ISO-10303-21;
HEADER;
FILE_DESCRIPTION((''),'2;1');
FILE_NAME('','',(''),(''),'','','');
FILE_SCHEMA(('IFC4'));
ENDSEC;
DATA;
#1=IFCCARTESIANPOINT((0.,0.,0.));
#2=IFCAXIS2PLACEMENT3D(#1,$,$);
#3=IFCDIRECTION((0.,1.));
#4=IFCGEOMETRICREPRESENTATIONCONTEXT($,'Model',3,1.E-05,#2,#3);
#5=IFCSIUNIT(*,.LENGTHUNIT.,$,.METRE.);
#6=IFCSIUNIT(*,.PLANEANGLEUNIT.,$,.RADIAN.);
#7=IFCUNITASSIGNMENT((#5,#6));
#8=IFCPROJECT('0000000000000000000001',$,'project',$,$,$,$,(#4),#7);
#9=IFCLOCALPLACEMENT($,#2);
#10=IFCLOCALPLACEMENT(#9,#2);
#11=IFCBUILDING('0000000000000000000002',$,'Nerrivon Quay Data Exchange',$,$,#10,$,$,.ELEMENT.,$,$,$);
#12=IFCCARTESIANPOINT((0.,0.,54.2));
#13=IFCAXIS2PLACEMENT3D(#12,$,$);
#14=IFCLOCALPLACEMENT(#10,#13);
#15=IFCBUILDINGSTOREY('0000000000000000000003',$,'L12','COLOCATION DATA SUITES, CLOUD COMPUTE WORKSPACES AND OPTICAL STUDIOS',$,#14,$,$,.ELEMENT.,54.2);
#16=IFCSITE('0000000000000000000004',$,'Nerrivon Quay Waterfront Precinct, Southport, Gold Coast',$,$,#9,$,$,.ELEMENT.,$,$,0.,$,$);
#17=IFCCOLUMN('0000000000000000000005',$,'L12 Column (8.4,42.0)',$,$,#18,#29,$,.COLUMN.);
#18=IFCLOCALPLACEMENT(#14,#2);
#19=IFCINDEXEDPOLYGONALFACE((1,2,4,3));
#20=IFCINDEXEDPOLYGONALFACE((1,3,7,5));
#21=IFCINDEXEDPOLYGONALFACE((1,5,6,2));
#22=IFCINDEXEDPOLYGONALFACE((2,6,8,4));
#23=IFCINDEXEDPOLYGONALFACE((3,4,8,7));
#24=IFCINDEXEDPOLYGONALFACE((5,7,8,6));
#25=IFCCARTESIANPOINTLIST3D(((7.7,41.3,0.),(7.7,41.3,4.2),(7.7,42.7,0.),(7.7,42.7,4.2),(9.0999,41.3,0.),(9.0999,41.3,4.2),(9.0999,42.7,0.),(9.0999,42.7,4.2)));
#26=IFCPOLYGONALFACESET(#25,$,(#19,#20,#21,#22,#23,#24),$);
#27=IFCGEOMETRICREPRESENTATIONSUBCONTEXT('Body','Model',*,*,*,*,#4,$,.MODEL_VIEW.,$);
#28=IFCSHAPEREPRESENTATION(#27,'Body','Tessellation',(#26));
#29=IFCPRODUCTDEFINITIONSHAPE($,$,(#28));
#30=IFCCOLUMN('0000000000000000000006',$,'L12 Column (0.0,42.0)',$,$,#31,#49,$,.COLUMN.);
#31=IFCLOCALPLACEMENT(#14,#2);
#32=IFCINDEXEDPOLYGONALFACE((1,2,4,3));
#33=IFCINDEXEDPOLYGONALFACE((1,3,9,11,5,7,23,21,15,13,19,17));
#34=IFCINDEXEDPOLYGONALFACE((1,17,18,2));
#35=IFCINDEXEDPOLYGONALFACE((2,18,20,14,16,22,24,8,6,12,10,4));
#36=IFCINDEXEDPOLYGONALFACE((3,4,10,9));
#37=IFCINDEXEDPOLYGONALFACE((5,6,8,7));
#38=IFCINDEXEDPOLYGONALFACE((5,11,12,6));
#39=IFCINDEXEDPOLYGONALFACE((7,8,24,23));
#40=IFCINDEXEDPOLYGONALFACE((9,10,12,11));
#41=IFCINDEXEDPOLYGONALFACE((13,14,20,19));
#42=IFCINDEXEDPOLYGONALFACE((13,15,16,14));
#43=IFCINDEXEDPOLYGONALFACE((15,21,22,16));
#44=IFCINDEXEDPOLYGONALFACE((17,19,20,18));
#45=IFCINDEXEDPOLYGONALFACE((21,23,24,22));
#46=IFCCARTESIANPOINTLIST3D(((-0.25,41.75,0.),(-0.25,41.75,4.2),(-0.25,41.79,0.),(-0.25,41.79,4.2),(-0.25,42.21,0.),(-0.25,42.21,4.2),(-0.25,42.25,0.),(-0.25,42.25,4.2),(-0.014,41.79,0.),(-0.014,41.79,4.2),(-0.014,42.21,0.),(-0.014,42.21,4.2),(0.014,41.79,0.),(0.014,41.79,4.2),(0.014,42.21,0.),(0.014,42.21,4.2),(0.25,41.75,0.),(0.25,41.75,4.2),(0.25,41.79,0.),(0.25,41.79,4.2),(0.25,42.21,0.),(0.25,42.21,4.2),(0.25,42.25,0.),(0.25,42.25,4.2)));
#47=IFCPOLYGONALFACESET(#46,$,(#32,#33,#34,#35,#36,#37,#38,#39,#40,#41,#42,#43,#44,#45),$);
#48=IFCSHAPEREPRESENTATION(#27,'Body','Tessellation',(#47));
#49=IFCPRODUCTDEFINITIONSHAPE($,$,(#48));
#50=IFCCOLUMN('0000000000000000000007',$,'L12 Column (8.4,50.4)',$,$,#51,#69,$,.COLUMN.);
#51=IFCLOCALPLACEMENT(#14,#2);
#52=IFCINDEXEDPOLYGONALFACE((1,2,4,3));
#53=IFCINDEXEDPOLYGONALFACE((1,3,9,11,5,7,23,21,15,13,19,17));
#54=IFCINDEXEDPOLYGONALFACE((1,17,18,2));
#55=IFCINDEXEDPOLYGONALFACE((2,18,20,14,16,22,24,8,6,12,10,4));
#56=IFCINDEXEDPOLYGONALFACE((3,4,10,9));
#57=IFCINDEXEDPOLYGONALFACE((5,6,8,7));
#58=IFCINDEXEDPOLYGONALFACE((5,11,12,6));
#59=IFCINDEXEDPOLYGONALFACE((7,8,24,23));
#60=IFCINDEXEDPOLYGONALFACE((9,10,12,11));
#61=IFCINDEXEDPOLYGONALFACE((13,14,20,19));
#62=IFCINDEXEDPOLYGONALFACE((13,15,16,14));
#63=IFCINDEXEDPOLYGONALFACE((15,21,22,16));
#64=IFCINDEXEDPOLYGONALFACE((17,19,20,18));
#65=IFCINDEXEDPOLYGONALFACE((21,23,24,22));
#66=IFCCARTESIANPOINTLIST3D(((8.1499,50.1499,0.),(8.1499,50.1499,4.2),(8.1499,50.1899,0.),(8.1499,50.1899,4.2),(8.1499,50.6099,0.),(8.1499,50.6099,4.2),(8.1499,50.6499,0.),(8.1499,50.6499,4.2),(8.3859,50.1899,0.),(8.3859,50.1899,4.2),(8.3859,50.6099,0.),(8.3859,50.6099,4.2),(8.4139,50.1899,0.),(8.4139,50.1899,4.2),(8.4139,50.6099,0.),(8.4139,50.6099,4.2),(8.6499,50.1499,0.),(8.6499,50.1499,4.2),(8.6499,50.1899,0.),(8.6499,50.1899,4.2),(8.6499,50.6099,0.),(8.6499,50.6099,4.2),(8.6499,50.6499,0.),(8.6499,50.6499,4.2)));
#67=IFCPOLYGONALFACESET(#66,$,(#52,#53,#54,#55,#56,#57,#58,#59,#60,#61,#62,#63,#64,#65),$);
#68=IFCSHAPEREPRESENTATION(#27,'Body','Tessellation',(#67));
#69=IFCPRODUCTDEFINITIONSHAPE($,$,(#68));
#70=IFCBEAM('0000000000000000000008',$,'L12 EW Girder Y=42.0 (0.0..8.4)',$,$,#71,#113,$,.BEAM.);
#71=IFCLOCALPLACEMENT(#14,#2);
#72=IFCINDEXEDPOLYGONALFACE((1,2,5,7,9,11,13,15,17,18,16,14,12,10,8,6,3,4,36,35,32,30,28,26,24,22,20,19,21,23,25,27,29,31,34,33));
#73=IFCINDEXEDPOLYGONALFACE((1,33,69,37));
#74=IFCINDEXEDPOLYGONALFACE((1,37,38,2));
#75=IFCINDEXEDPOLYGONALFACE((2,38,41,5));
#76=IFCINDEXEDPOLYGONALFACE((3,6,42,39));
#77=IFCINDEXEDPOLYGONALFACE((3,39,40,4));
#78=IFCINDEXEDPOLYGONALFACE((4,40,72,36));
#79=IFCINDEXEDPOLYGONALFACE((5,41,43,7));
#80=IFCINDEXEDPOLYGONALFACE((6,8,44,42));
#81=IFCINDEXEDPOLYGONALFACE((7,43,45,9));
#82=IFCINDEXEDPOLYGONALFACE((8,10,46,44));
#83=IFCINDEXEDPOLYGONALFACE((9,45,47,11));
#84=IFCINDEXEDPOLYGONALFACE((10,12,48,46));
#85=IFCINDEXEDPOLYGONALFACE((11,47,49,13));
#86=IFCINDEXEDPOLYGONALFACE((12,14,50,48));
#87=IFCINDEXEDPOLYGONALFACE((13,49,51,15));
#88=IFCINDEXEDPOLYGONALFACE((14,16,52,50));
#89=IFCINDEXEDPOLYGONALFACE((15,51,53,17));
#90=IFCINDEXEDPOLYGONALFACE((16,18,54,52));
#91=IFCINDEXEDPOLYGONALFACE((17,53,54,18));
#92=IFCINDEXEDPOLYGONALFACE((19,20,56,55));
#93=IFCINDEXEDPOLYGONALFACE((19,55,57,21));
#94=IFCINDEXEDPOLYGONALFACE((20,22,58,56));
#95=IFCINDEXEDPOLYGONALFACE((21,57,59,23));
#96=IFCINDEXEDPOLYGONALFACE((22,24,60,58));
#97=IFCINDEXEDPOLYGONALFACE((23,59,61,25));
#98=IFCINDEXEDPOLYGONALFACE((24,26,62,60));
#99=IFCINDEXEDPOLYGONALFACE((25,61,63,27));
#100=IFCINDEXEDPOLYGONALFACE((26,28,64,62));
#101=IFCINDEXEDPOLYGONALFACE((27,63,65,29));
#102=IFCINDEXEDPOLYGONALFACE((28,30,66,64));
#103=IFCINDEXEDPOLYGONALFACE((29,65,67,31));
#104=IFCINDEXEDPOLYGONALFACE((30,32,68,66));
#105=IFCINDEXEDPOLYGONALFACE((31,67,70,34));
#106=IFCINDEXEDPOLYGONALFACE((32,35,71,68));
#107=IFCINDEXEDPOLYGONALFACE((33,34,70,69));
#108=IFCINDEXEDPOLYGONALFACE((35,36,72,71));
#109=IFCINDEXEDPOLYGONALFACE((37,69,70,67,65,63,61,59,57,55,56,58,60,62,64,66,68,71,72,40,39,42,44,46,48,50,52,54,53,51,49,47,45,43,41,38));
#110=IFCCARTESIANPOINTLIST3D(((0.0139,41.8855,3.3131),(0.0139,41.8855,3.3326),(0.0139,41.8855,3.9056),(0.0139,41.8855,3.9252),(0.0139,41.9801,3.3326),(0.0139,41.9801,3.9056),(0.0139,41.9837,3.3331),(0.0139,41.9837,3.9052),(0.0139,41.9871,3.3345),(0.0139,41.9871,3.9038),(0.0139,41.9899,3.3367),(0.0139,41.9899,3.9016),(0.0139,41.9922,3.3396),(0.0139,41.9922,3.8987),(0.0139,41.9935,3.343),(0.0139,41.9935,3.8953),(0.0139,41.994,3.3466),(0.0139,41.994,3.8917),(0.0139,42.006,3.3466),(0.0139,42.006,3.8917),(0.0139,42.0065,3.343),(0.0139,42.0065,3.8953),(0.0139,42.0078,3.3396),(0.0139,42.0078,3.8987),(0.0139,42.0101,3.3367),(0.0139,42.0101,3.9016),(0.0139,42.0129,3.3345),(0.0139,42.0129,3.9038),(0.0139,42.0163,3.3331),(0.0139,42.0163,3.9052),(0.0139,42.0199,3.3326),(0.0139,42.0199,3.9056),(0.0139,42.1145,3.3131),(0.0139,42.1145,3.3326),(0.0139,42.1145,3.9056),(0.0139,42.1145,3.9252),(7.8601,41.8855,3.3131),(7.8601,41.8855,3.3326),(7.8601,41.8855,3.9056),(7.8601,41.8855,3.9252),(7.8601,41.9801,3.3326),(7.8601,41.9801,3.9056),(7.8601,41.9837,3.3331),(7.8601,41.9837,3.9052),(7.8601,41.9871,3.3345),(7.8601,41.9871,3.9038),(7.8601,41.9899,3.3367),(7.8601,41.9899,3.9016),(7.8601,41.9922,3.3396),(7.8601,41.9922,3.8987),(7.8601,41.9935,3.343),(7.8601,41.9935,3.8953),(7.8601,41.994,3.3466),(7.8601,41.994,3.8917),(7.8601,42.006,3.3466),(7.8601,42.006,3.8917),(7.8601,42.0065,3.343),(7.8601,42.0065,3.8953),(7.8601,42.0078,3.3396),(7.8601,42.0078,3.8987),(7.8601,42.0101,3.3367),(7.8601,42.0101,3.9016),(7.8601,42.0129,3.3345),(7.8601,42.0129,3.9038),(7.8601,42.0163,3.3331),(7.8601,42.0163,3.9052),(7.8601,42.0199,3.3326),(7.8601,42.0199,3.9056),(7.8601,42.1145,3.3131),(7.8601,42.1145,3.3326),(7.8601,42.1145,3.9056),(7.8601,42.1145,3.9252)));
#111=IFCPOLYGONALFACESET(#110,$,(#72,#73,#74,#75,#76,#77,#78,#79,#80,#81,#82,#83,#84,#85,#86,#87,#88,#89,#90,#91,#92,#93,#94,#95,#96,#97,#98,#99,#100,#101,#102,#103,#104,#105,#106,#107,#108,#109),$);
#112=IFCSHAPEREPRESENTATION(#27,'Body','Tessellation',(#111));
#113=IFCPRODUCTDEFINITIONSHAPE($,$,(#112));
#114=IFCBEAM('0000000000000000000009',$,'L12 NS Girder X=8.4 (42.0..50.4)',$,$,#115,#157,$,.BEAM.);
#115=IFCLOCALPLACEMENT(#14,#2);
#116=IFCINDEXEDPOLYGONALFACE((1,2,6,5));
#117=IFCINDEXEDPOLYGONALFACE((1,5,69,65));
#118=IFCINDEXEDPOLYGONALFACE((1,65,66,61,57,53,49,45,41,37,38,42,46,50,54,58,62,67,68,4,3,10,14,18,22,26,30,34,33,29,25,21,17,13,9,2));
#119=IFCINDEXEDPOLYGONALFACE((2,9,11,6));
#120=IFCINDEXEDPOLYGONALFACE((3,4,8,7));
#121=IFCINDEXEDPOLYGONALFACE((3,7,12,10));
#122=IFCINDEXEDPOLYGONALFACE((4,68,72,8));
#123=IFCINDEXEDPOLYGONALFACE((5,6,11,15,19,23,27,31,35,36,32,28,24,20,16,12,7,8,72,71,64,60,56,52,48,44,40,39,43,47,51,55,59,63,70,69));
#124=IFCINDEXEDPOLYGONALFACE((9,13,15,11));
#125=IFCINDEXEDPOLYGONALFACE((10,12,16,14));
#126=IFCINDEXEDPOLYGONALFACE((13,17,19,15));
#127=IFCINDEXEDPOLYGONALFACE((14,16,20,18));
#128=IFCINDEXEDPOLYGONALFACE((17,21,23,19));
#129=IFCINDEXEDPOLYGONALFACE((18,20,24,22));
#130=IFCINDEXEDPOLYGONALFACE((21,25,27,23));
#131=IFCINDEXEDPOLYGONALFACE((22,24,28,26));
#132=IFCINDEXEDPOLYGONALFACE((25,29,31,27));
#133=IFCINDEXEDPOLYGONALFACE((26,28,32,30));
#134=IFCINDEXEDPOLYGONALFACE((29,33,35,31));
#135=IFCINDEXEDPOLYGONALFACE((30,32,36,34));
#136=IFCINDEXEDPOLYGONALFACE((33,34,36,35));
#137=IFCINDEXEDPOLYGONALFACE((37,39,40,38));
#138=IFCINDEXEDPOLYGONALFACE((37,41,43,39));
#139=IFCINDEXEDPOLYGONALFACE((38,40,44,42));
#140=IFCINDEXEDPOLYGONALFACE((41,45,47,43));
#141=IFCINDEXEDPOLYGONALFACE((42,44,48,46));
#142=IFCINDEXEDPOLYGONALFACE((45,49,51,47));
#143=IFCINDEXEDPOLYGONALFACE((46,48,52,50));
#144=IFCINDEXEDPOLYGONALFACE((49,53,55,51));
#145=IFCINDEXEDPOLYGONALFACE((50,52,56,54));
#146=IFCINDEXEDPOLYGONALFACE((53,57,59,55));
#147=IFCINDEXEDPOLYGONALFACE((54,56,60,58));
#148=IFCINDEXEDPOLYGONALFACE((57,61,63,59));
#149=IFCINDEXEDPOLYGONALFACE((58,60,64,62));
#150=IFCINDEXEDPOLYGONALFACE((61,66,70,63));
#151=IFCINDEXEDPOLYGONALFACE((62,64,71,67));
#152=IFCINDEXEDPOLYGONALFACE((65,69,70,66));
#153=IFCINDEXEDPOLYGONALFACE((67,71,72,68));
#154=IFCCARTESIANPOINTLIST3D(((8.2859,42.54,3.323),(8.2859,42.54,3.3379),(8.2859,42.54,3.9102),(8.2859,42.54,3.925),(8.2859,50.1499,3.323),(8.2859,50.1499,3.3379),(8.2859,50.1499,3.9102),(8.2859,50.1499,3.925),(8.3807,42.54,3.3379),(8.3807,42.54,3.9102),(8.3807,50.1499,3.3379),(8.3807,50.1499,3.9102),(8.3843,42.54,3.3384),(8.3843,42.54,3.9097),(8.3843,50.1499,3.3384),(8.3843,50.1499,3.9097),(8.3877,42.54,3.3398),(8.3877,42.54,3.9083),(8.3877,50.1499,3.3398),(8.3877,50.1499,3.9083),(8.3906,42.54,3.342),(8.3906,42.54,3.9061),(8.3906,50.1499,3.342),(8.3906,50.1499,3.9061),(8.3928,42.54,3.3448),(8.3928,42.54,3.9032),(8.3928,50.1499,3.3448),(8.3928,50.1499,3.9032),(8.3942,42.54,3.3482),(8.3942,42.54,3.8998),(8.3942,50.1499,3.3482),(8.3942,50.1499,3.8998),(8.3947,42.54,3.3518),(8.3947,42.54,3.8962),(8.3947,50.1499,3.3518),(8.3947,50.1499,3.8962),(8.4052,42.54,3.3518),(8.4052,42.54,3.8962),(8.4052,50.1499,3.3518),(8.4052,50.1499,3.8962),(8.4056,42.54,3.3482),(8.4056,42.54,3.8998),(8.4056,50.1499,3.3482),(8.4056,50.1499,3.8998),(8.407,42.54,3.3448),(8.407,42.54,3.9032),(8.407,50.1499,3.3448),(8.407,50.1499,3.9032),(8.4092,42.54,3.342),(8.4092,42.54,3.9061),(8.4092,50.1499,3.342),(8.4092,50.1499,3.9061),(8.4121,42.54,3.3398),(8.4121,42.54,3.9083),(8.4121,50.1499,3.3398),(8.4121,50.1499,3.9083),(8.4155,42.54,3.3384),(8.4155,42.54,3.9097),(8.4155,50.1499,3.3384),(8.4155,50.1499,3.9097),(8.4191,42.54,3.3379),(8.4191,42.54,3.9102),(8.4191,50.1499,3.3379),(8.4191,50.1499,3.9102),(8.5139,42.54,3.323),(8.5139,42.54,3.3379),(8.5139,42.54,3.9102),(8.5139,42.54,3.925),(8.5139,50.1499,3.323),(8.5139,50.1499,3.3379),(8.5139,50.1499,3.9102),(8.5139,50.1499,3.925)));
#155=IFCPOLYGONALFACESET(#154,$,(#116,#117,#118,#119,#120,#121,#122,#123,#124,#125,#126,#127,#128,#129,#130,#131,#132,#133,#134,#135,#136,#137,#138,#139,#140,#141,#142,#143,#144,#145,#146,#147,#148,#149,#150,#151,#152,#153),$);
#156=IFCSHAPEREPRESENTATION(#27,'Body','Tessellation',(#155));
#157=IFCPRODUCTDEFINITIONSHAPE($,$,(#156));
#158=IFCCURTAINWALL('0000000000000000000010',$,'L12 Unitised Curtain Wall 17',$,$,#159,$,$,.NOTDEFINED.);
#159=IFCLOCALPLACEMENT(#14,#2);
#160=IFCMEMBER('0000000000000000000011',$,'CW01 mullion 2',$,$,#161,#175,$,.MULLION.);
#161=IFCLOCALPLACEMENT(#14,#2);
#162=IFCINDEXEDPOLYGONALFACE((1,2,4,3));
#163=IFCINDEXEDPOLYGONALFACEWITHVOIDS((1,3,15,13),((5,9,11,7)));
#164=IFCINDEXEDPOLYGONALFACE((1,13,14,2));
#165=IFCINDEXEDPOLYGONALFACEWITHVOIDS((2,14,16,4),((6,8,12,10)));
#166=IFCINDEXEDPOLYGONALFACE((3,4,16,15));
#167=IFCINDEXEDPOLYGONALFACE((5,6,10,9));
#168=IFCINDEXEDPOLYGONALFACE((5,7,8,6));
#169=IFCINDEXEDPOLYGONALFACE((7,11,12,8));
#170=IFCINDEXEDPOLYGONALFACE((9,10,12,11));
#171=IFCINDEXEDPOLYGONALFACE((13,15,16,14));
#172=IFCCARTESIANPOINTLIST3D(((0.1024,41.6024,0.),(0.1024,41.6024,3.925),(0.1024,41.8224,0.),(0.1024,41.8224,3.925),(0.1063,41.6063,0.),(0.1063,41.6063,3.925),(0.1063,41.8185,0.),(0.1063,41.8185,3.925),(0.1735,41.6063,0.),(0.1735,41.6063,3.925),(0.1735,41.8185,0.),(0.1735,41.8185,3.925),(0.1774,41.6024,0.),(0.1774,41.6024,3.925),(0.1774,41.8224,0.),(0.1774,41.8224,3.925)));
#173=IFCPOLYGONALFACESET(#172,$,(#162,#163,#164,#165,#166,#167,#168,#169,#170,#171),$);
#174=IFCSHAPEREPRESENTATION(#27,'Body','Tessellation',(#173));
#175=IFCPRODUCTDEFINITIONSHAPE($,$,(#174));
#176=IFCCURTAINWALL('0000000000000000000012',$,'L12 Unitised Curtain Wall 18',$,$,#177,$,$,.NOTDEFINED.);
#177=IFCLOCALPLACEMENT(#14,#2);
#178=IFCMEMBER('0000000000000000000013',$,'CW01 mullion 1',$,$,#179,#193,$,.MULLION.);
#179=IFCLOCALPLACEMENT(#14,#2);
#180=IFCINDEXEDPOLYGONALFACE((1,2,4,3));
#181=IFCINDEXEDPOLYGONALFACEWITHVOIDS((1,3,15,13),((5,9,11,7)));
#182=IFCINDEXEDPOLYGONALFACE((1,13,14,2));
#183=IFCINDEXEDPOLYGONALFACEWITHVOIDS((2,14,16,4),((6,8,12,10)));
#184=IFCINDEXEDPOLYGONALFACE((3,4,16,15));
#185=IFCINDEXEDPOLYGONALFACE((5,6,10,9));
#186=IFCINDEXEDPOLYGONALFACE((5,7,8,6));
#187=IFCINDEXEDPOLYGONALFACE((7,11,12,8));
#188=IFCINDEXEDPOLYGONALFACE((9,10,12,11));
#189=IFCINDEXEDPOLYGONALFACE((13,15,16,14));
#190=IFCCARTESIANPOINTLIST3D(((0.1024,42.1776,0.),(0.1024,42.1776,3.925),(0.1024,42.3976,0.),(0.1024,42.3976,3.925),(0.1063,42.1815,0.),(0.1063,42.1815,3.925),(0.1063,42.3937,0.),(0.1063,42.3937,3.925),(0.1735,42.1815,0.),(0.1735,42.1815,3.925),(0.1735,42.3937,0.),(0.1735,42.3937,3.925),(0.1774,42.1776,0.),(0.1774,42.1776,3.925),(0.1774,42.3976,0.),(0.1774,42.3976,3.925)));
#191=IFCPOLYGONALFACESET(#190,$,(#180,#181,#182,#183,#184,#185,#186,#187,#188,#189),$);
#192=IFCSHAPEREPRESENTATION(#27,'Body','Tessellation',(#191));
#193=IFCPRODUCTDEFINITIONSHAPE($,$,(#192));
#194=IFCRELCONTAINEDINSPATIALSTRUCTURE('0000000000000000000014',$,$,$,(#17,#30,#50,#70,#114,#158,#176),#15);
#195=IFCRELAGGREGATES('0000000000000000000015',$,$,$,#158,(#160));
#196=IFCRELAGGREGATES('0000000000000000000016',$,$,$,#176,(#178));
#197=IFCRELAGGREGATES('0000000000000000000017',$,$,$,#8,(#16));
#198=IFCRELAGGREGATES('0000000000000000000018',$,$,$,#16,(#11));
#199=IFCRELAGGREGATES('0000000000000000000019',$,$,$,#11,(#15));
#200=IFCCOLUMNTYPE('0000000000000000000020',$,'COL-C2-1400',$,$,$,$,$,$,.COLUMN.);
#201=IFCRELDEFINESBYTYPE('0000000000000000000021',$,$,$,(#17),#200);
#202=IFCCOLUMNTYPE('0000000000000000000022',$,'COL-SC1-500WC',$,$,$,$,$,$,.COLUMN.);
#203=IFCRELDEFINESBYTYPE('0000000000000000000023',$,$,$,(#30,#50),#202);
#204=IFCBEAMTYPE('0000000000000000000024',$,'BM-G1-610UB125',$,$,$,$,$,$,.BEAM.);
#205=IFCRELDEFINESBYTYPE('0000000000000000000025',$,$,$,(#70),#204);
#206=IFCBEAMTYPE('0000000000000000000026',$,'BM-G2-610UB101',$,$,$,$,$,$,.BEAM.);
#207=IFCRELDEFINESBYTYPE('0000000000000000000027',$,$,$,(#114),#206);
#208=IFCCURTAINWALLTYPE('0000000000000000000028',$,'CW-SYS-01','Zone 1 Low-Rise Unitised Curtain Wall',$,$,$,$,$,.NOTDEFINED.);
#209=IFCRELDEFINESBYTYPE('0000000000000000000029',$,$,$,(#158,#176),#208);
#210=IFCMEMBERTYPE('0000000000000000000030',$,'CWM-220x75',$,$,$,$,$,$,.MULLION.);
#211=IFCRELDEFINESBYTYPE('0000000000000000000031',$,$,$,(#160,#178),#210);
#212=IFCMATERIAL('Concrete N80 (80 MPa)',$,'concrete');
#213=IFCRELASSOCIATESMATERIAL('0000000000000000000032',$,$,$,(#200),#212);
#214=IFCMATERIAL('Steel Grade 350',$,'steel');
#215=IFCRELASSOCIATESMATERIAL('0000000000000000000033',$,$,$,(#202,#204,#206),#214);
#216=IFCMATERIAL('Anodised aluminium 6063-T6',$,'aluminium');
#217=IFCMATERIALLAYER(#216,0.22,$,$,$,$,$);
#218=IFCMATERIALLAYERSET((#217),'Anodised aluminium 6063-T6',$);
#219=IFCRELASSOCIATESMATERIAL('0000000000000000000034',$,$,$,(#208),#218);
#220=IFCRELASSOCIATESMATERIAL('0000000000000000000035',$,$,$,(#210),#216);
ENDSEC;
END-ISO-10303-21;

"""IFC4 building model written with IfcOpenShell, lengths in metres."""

from ifc_helpers import new_model, si_unit, direction, frame, origin, origin_2d, place, context, subcontext, project, spatial, rectangle, hollow_rectangle, i_section, extrude, material, layer, layer_set, material_profile, profile_set, type_object, element, aggregate, save


model = new_model("IFC4")

# Units and contexts
model_context = context("Model", 3, precision=1e-05, world=origin(), true_north=direction((0.0, 1.0)))
body_context = subcontext(model_context, "Body", "Model", "MODEL_VIEW")
ifc_project = project(units=[si_unit("LENGTHUNIT", "METRE"), si_unit("PLANEANGLEUNIT", "RADIAN")], contexts=[model_context])

# Site, building, storey
site_placement = place(None, origin())
site = spatial("IfcSite", under=ifc_project, at=site_placement, Name="Nerrivon Quay Waterfront Precinct, Southport, Gold Coast", CompositionType="ELEMENT", RefElevation=0.0)
building_placement = place(site_placement, origin())
building = spatial("IfcBuilding", under=site, at=building_placement, Name="Nerrivon Quay Data Exchange", CompositionType="ELEMENT")
storey_placement = place(building_placement, frame((0.0, 0.0, 54.2)))
storey = spatial("IfcBuildingStorey", under=building, at=storey_placement, Name="L12", Description="COLOCATION DATA SUITES, CLOUD COMPUTE WORKSPACES AND OPTICAL STUDIOS", CompositionType="ELEMENT", Elevation=54.2)

# Columns
ifc_material_1 = material(Name="Concrete N80 (80 MPa)", Category="concrete")
ifc_material_profile_1 = material_profile(ifc_material_1, rectangle(XDim=1.3999, YDim=1.3999, at=origin_2d()), Name="RC-COL-1400x1400")
ifc_profile_set_1 = profile_set([ifc_material_profile_1], Name="Concrete N80 (80 MPa)")
column_type_1 = type_object("IfcColumnType", Name="COL-C2-1400", PredefinedType="COLUMN", material=ifc_profile_set_1)
column_placement = place(storey_placement, frame((8.3999, 42.0, 0.0), z_axis=(0.0, 0.0, 1.0), x_axis=(1.0, 0.0, 0.0)))
element("IfcColumn", 1, at=column_placement, inside=storey, type_object=column_type_1, Name="L12 Column (8.4,42.0)", PredefinedType="COLUMN", context=body_context, shape_type="SweptSolid", body=[
    extrude(rectangle(XDim=1.3999, YDim=1.3999, at=origin_2d()), origin(), (0.0, 0.0, 1.0), 4.2),
])
ifc_material_2 = material(Name="Steel Grade 350", Category="steel")
ifc_material_profile_2 = material_profile(ifc_material_2, i_section(OverallWidth=0.5, OverallDepth=0.5, WebThickness=0.0281, FlangeThickness=0.04, at=origin_2d()), Name="500WC440")
ifc_profile_set_2 = profile_set([ifc_material_profile_2], Name="Steel Grade 350")
column_type_2 = type_object("IfcColumnType", Name="COL-SC1-500WC", PredefinedType="COLUMN", material=ifc_profile_set_2)
for number, where, z_axis, x_axis, name in (
    (2, (0.0, 42.0, 0.0), (0.0, 0.0, 1.0), (1.0, 0.0, 0.0), "L12 Column (0.0,42.0)"),
    (3, (8.3999, 50.3999, 0.0), (0.0, 0.0, 1.0), (1.0, 0.0, 0.0), "L12 Column (8.4,50.4)"),
):
    element("IfcColumn", number, at=place(storey_placement, frame(where, z_axis=z_axis, x_axis=x_axis)), inside=storey, type_object=column_type_2, Name=name, PredefinedType="COLUMN", context=body_context, shape_type="SweptSolid", body=[
        extrude(i_section(OverallWidth=0.5, OverallDepth=0.5, WebThickness=0.0281, FlangeThickness=0.04, at=origin_2d()), origin(), (0.0, 0.0, 1.0), 4.2),
    ])

# Beams
ifc_material_profile_3 = material_profile(ifc_material_2, i_section(OverallWidth=0.229, OverallDepth=0.6121, WebThickness=0.012, FlangeThickness=0.0195, FilletRadius=0.0139, at=origin_2d()), Name="610UB125")
ifc_profile_set_3 = profile_set([ifc_material_profile_3], Name="Steel Grade 350")
beam_type_1 = type_object("IfcBeamType", Name="BM-G1-610UB125", PredefinedType="BEAM", material=ifc_profile_set_3)
beam_1_placement = place(storey_placement, frame((0.0139, 42.0, 3.6191), z_axis=(1.0, 0.0, 0.0), x_axis=(0.0, 1.0, 0.0)))
element("IfcBeam", 4, at=beam_1_placement, inside=storey, type_object=beam_type_1, Name="L12 EW Girder Y=42.0 (0.0..8.4)", PredefinedType="BEAM", context=body_context, shape_type="SweptSolid", body=[
    extrude(i_section(OverallWidth=0.229, OverallDepth=0.6121, WebThickness=0.012, FlangeThickness=0.0195, FilletRadius=0.0139, at=origin_2d()), origin(), (0.0, 0.0, 1.0), 7.8462),
])
ifc_material_profile_4 = material_profile(ifc_material_2, i_section(OverallWidth=0.228, OverallDepth=0.6021, WebThickness=0.0105, FlangeThickness=0.0149, FilletRadius=0.0139, at=origin_2d()), Name="610UB101")
ifc_profile_set_4 = profile_set([ifc_material_profile_4], Name="Steel Grade 350")
beam_type_2 = type_object("IfcBeamType", Name="BM-G2-610UB101", PredefinedType="BEAM", material=ifc_profile_set_4)
beam_2_placement = place(storey_placement, frame((8.3999, 42.54, 3.624), z_axis=(0.0, 1.0, 0.0), x_axis=(-1.0, 0.0, 0.0)))
element("IfcBeam", 5, at=beam_2_placement, inside=storey, type_object=beam_type_2, Name="L12 NS Girder X=8.4 (42.0..50.4)", PredefinedType="BEAM", context=body_context, shape_type="SweptSolid", body=[
    extrude(i_section(OverallWidth=0.228, OverallDepth=0.6021, WebThickness=0.0105, FlangeThickness=0.0149, FilletRadius=0.0139, at=origin_2d()), origin(), (0.0, 0.0, 1.0), 7.6099),
])

# Curtain wall, member
ifc_material_3 = material(Name="Anodised aluminium 6063-T6", Category="aluminium")
ifc_layer_1 = layer(ifc_material_3, 0.22)
ifc_layer_set_1 = layer_set([ifc_layer_1], Name="Anodised aluminium 6063-T6")
curtain_wall_type = type_object("IfcCurtainWallType", Name="CW-SYS-01", Description="Zone 1 Low-Rise Unitised Curtain Wall", PredefinedType="NOTDEFINED", material=ifc_layer_set_1)
curtain_wall_1_placement = place(storey_placement, origin())
curtain_wall_1 = element("IfcCurtainWall", 6, at=curtain_wall_1_placement, inside=storey, type_object=curtain_wall_type, Name="L12 Unitised Curtain Wall 17", PredefinedType="NOTDEFINED")
ifc_material_profile_5 = material_profile(ifc_material_3, hollow_rectangle(XDim=0.075, YDim=0.22, WallThickness=0.0039, at=origin_2d()), Name="ALU-MULL-220x75")
ifc_profile_set_5 = profile_set([ifc_material_profile_5], Name="Anodised aluminium 6063-T6")
member_type_1 = type_object("IfcMemberType", Name="CWM-220x75", PredefinedType="MULLION", material=ifc_profile_set_5)
member_1_placement = place(storey_placement, frame((0.1399, 41.7124, 0.0), z_axis=(0.0, 0.0, 1.0), x_axis=(-1.0, 0.0, 0.0)))
member_1 = element("IfcMember", 7, at=member_1_placement, type_object=member_type_1, Name="CW01 mullion 2", PredefinedType="MULLION", context=body_context, shape_type="SweptSolid", body=[
    extrude(hollow_rectangle(XDim=0.075, YDim=0.22, WallThickness=0.0039, at=origin_2d()), origin(), (0.0, 0.0, 1.0), 3.925),
])

# Curtain wall, member
curtain_wall_2_placement = place(storey_placement, origin())
curtain_wall_2 = element("IfcCurtainWall", 8, at=curtain_wall_2_placement, inside=storey, type_object=curtain_wall_type, Name="L12 Unitised Curtain Wall 18", PredefinedType="NOTDEFINED")
member_2_placement = place(storey_placement, frame((0.1399, 42.2876, 0.0), z_axis=(0.0, 0.0, 1.0), x_axis=(-1.0, 0.0, 0.0)))
member_2 = element("IfcMember", 9, at=member_2_placement, type_object=member_type_1, Name="CW01 mullion 1", PredefinedType="MULLION", context=body_context, shape_type="SweptSolid", body=[
    extrude(hollow_rectangle(XDim=0.075, YDim=0.22, WallThickness=0.0039, at=origin_2d()), origin(), (0.0, 0.0, 1.0), 3.925),
])

aggregate(curtain_wall_1, [member_1])
aggregate(curtain_wall_2, [member_2])

save(model, "model.ifc")
